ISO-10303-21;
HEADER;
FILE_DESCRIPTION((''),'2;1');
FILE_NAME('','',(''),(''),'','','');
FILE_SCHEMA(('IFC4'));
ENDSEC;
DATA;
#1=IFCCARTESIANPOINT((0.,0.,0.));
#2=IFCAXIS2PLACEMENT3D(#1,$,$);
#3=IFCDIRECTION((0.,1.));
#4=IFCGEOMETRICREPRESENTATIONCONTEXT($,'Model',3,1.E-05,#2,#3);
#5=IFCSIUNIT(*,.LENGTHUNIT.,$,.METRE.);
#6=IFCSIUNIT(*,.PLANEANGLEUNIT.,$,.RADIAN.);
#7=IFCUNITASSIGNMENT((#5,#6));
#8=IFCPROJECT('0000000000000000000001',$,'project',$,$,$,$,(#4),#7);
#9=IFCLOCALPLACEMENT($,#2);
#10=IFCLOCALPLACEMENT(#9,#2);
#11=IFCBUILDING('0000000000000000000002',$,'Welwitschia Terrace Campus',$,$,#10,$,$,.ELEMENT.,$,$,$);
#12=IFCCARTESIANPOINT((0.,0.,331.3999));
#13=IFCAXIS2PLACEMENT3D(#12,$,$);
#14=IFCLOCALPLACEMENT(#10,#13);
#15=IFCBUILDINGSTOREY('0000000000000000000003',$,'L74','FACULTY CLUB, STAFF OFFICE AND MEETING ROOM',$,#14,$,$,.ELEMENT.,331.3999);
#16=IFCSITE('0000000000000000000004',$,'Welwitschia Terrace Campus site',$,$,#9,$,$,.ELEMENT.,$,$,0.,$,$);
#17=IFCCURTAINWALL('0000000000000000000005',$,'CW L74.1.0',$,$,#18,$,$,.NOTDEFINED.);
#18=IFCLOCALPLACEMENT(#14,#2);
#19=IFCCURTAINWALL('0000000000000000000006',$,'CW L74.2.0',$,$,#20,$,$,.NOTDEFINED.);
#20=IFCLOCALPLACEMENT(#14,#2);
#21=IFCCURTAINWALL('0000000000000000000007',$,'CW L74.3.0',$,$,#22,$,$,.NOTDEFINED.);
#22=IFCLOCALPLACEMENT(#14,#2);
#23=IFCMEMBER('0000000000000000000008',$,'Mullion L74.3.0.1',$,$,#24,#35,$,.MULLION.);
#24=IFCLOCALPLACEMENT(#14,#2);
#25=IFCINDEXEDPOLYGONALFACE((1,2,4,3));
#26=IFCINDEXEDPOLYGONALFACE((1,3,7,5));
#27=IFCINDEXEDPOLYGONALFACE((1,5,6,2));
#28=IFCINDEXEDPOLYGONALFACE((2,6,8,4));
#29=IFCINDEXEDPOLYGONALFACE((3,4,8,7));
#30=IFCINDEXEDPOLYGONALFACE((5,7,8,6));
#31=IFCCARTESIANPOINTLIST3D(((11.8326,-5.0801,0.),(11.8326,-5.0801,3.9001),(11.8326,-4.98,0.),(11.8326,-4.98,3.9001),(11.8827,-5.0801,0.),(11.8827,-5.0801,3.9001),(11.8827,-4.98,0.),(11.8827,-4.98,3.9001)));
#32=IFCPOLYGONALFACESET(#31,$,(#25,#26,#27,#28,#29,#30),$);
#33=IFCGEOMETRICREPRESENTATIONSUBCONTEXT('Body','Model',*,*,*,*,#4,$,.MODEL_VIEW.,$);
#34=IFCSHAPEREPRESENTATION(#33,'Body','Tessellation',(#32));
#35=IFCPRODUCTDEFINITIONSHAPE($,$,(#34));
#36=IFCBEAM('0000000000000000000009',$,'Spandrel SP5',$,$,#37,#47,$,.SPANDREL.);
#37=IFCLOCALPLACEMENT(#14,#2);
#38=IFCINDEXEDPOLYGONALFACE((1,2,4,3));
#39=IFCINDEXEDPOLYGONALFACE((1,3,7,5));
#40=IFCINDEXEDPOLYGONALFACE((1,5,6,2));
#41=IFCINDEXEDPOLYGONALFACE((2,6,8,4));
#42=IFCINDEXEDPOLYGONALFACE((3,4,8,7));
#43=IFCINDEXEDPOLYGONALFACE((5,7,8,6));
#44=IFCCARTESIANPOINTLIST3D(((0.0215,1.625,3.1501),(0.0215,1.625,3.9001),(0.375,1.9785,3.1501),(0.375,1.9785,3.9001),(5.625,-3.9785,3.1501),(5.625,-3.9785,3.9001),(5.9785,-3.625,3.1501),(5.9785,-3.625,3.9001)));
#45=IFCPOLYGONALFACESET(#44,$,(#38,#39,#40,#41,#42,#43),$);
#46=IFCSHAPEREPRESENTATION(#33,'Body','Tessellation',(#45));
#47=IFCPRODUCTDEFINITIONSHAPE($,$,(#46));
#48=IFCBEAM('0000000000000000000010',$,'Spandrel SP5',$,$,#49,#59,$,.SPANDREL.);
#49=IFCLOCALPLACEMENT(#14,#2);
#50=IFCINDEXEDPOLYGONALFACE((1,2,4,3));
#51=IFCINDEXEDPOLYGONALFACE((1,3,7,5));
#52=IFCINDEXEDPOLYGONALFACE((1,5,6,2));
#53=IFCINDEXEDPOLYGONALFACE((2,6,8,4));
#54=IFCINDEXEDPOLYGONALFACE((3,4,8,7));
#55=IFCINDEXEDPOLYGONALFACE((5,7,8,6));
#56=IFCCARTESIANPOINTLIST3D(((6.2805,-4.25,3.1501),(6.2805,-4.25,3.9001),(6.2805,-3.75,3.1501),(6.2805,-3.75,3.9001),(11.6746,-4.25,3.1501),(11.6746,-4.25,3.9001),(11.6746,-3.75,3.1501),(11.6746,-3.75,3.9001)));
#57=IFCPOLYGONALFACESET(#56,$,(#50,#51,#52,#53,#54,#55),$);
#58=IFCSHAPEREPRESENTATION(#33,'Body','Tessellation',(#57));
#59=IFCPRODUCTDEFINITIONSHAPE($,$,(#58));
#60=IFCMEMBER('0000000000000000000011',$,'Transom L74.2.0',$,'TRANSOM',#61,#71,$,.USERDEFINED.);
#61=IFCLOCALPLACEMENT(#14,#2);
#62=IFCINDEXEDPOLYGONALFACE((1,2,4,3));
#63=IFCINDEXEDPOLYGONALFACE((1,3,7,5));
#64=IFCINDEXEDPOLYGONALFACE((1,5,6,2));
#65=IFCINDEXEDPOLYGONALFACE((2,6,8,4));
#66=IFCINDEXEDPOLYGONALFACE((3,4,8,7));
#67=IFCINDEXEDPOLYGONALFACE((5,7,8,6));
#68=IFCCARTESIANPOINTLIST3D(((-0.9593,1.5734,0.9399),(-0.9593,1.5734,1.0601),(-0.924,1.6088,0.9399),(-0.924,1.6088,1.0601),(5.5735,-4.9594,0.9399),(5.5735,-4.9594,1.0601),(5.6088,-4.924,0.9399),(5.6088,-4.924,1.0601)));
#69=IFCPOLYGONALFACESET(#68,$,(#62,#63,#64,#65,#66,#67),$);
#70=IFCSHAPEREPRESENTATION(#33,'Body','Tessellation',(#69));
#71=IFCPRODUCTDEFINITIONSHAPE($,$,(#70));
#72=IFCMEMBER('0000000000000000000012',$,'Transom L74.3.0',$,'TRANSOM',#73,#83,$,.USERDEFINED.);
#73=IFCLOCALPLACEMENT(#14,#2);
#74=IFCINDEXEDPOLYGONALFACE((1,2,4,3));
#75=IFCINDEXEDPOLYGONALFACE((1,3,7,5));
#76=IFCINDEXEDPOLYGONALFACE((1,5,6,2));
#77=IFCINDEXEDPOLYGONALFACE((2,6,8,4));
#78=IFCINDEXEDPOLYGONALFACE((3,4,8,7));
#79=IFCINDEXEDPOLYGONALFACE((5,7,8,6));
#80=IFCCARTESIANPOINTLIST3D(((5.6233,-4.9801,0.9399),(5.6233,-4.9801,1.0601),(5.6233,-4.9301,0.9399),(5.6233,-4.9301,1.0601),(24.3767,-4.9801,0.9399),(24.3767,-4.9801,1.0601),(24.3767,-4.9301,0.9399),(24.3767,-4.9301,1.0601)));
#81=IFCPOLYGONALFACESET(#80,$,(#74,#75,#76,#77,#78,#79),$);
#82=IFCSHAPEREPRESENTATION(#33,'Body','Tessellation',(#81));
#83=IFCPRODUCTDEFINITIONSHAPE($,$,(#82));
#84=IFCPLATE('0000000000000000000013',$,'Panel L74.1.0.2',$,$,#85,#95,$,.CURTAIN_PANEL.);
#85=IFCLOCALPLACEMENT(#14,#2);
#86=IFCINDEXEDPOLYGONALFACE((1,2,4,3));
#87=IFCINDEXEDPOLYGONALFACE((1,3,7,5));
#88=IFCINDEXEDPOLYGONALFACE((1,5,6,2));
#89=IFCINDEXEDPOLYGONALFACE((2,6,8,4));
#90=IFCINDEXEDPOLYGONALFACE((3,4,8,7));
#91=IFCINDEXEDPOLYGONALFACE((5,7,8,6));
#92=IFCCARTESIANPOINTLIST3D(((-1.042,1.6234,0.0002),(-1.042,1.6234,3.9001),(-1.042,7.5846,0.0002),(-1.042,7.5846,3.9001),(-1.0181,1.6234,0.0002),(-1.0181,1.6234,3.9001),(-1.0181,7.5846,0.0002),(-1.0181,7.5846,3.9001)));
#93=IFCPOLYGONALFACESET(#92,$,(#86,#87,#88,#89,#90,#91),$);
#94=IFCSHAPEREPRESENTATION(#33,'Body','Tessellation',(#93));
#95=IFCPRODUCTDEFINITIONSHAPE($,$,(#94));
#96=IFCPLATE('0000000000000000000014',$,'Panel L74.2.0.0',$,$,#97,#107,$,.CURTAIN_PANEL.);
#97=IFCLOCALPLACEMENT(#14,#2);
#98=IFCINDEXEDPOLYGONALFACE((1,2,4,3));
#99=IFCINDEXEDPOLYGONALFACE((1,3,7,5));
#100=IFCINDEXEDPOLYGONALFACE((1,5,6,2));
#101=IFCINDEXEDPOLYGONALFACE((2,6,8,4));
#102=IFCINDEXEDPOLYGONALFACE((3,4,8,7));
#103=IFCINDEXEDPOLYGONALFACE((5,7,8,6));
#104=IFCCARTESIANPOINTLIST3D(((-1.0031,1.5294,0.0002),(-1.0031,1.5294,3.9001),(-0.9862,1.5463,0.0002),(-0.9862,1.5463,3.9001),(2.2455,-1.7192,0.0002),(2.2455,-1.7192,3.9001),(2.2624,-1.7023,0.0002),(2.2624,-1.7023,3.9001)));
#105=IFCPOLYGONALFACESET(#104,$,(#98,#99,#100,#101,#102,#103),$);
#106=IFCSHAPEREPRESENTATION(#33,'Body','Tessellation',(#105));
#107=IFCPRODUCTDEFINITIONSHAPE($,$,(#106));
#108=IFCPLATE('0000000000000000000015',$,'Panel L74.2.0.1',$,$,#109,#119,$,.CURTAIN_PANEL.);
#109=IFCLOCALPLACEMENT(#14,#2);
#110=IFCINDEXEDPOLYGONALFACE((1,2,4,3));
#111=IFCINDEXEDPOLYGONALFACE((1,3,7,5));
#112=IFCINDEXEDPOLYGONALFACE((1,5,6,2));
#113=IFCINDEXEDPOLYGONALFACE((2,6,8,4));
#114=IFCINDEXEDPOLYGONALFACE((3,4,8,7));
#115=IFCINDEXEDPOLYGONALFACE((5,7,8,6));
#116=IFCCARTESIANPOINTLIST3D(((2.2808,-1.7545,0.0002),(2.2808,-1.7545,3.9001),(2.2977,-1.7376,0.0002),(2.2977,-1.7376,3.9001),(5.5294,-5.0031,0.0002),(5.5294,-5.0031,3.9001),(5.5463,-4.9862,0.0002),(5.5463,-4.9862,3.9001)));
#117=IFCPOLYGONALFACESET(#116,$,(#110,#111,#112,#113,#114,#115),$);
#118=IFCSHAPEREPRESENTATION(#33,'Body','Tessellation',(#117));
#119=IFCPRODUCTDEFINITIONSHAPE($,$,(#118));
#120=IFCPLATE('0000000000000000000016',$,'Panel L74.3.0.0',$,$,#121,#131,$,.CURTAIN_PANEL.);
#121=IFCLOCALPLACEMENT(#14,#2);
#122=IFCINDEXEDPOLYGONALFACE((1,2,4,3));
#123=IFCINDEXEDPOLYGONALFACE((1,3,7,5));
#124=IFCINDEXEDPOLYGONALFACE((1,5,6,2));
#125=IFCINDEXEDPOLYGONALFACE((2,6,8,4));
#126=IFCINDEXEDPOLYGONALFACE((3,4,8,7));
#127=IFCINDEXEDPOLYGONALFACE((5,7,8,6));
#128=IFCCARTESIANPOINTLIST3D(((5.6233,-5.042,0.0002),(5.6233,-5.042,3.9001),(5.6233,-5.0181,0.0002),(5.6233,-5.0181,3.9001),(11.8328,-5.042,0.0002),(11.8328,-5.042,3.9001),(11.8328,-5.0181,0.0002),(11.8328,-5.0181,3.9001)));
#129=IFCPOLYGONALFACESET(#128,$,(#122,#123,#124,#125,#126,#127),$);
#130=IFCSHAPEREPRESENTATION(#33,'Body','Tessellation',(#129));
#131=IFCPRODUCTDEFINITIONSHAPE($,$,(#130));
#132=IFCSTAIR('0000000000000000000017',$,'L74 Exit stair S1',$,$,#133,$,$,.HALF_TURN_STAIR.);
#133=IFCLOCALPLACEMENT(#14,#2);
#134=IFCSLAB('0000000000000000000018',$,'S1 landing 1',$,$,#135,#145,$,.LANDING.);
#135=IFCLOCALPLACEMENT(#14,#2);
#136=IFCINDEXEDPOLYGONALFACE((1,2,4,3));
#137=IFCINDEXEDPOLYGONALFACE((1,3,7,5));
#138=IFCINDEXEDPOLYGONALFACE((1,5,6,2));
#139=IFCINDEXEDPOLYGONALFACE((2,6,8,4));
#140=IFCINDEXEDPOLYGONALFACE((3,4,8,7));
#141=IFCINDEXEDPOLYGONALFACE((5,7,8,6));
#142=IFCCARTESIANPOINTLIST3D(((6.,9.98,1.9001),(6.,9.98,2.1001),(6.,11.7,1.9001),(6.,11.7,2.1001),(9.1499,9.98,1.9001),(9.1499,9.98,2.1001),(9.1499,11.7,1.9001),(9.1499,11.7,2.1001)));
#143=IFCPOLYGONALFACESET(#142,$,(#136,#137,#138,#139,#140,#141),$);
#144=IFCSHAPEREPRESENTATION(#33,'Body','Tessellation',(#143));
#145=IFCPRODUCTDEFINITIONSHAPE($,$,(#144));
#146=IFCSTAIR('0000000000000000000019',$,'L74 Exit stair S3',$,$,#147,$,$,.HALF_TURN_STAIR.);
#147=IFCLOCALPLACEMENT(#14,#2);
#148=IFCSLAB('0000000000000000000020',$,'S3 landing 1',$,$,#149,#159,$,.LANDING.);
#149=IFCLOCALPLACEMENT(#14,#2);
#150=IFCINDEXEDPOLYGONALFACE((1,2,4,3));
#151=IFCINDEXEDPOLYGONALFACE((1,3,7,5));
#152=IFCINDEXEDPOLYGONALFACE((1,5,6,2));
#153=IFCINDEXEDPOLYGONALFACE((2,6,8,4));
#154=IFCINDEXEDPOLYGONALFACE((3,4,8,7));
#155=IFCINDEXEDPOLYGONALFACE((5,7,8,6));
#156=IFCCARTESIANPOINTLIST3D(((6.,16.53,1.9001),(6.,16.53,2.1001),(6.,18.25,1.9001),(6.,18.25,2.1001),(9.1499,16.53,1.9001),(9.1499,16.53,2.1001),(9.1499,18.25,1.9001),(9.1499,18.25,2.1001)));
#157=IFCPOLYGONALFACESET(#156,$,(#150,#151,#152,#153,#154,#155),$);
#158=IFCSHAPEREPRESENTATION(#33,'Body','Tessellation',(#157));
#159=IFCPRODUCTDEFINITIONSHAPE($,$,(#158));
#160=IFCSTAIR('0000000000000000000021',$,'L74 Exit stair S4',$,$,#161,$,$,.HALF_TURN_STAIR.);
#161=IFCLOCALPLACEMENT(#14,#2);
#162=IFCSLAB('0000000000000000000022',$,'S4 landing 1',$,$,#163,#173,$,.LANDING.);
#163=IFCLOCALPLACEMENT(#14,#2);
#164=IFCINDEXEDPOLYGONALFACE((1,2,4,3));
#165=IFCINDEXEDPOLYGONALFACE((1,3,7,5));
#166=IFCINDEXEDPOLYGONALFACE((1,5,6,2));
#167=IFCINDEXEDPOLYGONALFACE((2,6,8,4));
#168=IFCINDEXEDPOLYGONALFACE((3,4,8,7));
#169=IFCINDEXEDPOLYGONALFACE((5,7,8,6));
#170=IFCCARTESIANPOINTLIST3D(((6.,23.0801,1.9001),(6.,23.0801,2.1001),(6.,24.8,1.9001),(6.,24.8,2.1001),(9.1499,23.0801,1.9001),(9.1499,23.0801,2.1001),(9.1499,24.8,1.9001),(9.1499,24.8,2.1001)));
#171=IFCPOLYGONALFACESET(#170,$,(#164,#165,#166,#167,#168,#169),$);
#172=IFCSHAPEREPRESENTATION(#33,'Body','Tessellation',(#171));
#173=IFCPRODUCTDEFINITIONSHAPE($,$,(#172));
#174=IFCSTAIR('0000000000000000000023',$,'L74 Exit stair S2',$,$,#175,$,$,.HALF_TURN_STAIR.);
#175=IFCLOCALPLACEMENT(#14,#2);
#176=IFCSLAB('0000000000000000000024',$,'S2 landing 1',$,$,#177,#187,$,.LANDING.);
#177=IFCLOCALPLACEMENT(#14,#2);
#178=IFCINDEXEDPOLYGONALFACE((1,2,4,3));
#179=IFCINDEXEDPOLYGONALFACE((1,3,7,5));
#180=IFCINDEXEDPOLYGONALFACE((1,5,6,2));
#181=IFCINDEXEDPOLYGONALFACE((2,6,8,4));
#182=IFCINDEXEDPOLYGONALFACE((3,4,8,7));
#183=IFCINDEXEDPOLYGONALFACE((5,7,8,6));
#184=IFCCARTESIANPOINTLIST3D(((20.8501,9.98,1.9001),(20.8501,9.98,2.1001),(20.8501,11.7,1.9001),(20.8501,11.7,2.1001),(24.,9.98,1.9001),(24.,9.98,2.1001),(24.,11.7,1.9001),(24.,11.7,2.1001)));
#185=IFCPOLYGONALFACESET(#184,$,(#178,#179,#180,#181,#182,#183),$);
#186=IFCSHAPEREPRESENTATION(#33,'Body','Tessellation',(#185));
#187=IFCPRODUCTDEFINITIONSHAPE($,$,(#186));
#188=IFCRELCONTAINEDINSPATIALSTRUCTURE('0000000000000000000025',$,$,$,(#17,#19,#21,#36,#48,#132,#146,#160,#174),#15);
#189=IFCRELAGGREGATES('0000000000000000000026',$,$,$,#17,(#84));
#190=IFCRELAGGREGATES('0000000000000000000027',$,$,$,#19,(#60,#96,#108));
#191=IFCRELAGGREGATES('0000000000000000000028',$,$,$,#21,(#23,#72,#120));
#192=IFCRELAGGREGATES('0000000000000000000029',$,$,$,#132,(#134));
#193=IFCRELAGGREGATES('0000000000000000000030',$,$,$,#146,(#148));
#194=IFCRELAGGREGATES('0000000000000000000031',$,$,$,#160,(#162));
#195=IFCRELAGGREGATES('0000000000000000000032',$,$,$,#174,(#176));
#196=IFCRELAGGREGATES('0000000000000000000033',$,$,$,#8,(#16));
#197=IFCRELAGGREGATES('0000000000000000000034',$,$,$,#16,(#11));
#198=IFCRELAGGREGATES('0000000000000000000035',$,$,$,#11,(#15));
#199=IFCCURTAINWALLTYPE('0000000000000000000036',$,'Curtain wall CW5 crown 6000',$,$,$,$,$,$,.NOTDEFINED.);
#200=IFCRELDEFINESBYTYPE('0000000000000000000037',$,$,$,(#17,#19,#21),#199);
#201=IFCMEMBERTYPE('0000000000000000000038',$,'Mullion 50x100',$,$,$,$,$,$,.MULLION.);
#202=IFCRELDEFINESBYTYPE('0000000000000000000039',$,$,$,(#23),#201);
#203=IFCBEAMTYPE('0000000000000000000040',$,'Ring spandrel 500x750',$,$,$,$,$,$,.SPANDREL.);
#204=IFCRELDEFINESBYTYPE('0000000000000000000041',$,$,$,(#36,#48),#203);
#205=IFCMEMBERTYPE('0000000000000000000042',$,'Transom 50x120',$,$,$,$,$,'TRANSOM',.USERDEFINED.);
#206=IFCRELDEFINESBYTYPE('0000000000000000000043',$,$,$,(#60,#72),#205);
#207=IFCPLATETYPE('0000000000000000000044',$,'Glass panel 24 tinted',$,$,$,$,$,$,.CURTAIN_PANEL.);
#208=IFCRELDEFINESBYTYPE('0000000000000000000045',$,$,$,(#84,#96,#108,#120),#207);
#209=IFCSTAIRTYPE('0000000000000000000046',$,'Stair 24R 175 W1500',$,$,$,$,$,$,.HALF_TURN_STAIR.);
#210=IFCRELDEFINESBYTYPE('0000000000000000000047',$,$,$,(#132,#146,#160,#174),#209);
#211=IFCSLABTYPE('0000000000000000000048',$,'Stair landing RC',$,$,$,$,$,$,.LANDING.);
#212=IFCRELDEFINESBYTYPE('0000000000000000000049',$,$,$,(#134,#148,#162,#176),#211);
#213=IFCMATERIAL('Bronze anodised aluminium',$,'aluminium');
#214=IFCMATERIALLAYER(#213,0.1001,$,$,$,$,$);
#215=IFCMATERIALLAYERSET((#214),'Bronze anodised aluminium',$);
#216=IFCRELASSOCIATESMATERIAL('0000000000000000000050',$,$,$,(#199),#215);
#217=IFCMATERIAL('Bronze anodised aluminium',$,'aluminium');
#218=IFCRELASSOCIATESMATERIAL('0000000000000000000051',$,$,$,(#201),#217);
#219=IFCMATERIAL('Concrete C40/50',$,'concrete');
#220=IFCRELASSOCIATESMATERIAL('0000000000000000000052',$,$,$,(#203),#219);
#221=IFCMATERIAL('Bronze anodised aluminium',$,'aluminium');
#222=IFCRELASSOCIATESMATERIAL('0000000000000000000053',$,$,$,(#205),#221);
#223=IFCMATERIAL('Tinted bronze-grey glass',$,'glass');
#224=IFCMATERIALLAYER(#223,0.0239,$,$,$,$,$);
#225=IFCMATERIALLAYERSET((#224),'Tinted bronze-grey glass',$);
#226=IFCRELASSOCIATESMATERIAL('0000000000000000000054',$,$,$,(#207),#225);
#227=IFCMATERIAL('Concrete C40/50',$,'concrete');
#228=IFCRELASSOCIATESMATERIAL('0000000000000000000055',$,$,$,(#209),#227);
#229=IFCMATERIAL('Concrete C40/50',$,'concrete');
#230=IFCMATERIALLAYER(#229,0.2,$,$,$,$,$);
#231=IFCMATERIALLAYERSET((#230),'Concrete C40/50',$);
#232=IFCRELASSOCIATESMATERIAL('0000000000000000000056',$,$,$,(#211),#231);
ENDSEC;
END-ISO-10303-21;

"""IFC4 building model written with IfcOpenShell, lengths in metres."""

from ifc_helpers import new_model, si_unit, direction, frame, origin, origin_2d, place, context, subcontext, project, spatial, polyline, rectangle, outline, extrude, material, layer, layer_set, material_profile, profile_set, type_object, element, aggregate, save


model = new_model("IFC4")

# Units and contexts
model_context = context("Model", 3, precision=1e-05, world=origin(), true_north=direction((0.0, 1.0)))
body_context = subcontext(model_context, "Body", "Model", "MODEL_VIEW")
ifc_project = project(units=[si_unit("LENGTHUNIT", "METRE"), si_unit("PLANEANGLEUNIT", "RADIAN")], contexts=[model_context])

# Site, building, storey
site_placement = place(None, origin())
site = spatial("IfcSite", under=ifc_project, at=site_placement, Name="Welwitschia Terrace Campus site", CompositionType="ELEMENT", RefElevation=0.0)
building_placement = place(site_placement, origin())
building = spatial("IfcBuilding", under=site, at=building_placement, Name="Welwitschia Terrace Campus", CompositionType="ELEMENT")
storey_placement = place(building_placement, frame((0.0, 0.0, 331.3999)))
storey = spatial("IfcBuildingStorey", under=building, at=storey_placement, Name="L74", Description="FACULTY CLUB, STAFF OFFICE AND MEETING ROOM", CompositionType="ELEMENT", Elevation=331.3999)

# Curtain wall
ifc_material_1 = material(Name="Bronze anodised aluminium", Category="aluminium")
ifc_layer_1 = layer(ifc_material_1, 0.1001)
ifc_layer_set_1 = layer_set([ifc_layer_1], Name="Bronze anodised aluminium")
curtain_wall_type = type_object("IfcCurtainWallType", Name="Curtain wall CW5 crown 6000", PredefinedType="NOTDEFINED", material=ifc_layer_set_1)
curtain_wall_1_placement = place(storey_placement, origin())
curtain_wall_1 = element("IfcCurtainWall", 1, at=curtain_wall_1_placement, inside=storey, type_object=curtain_wall_type, Name="CW L74.1.0", PredefinedType="NOTDEFINED")
ifc_material_2 = material(Name="Bronze anodised aluminium", Category="aluminium")
ifc_material_profile_1 = material_profile(ifc_material_2, rectangle(XDim=0.1001, YDim=0.05, at=origin_2d()))
ifc_profile_set_1 = profile_set([ifc_material_profile_1], Name="Bronze anodised aluminium")
member_type_1 = type_object("IfcMemberType", Name="Mullion 50x100", PredefinedType="MULLION", material=ifc_profile_set_1)

# Curtain walls, member
curtain_wall_2_placement = place(storey_placement, origin())
curtain_wall_2 = element("IfcCurtainWall", 2, at=curtain_wall_2_placement, inside=storey, type_object=curtain_wall_type, Name="CW L74.2.0", PredefinedType="NOTDEFINED")
curtain_wall_3_placement = place(storey_placement, origin())
curtain_wall_3 = element("IfcCurtainWall", 3, at=curtain_wall_3_placement, inside=storey, type_object=curtain_wall_type, Name="CW L74.3.0", PredefinedType="NOTDEFINED")
member_1_placement = place(storey_placement, frame((11.8577, -5.03, 0.0), z_axis=(0.0, 0.0, 1.0), x_axis=(0.0, 1.0, 0.0)))
member_1 = element("IfcMember", 4, at=member_1_placement, type_object=member_type_1, Name="Mullion L74.3.0.1", PredefinedType="MULLION", context=body_context, shape_type="SweptSolid", body=[
    extrude(rectangle(XDim=0.1001, YDim=0.05, at=origin_2d()), origin(), (0.0, 0.0, 1.0), 3.9001),
])

# Beams
ifc_material_3 = material(Name="Concrete C40/50", Category="concrete")
ifc_material_profile_2 = material_profile(ifc_material_3, rectangle(XDim=0.5, YDim=0.75, at=origin_2d()))
ifc_profile_set_2 = profile_set([ifc_material_profile_2], Name="Concrete C40/50")
beam_type_1 = type_object("IfcBeamType", Name="Ring spandrel 500x750", PredefinedType="SPANDREL", material=ifc_profile_set_2)
beam_1_placement = place(storey_placement, frame((0.1982, 1.8018, 3.5251), z_axis=(0.707107, -0.707107, 0.0), x_axis=(0.707107, 0.707107, 0.0)))
element("IfcBeam", 5, at=beam_1_placement, inside=storey, type_object=beam_type_1, Name="Spandrel SP5", PredefinedType="SPANDREL", context=body_context, shape_type="SweptSolid", body=[
    extrude(rectangle(XDim=0.5, YDim=0.75, at=origin_2d()), origin(), (0.0, 0.0, 1.0), 7.9246),
])
beam_2_placement = place(storey_placement, frame((6.2805, -4.0, 3.5251), z_axis=(1.0, 0.0, 0.0), x_axis=(0.0, 1.0, 0.0)))
element("IfcBeam", 6, at=beam_2_placement, inside=storey, type_object=beam_type_1, Name="Spandrel SP5", PredefinedType="SPANDREL", context=body_context, shape_type="SweptSolid", body=[
    extrude(rectangle(XDim=0.5, YDim=0.75, at=origin_2d()), origin(), (0.0, 0.0, 1.0), 5.394),
])

# Members
ifc_material_4 = material(Name="Bronze anodised aluminium", Category="aluminium")
ifc_material_profile_3 = material_profile(ifc_material_4, rectangle(XDim=0.05, YDim=0.1201, at=origin_2d()))
ifc_profile_set_3 = profile_set([ifc_material_profile_3], Name="Bronze anodised aluminium")
member_type_2 = type_object("IfcMemberType", Name="Transom 50x120", ElementType="TRANSOM", PredefinedType="USERDEFINED", material=ifc_profile_set_3)
member_2_placement = place(storey_placement, frame((-0.9417, 1.5911, 1.0), z_axis=(0.707107, -0.707107, 0.0), x_axis=(0.707107, 0.707107, 0.0)))
member_2 = element("IfcMember", 7, at=member_2_placement, type_object=member_type_2, Name="Transom L74.2.0", ObjectType="TRANSOM", PredefinedType="USERDEFINED", context=body_context, shape_type="SweptSolid", body=[
    extrude(rectangle(XDim=0.05, YDim=0.1201, at=origin_2d()), origin(), (0.0, 0.0, 1.0), 9.2388),
])
member_3_placement = place(storey_placement, frame((5.6233, -4.9551, 1.0), z_axis=(1.0, 0.0, 0.0), x_axis=(0.0, 1.0, 0.0)))
member_3 = element("IfcMember", 8, at=member_3_placement, type_object=member_type_2, Name="Transom L74.3.0", ObjectType="TRANSOM", PredefinedType="USERDEFINED", context=body_context, shape_type="SweptSolid", body=[
    extrude(rectangle(XDim=0.05, YDim=0.1201, at=origin_2d()), origin(), (0.0, 0.0, 1.0), 18.7534),
])

# Plates
ifc_material_5 = material(Name="Tinted bronze-grey glass", Category="glass")
ifc_layer_2 = layer(ifc_material_5, 0.0239)
ifc_layer_set_2 = layer_set([ifc_layer_2], Name="Tinted bronze-grey glass")
plate_type = type_object("IfcPlateType", Name="Glass panel 24 tinted", PredefinedType="CURTAIN_PANEL", material=ifc_layer_set_2)
plate_1_placement = place(storey_placement, frame((-1.03, 4.604, 0.0002), z_axis=(0.0, 0.0, 1.0), x_axis=(0.0, -1.0, 0.0)))
plate_1 = element("IfcPlate", 9, at=plate_1_placement, type_object=plate_type, Name="Panel L74.1.0.2", PredefinedType="CURTAIN_PANEL", context=body_context, shape_type="SweptSolid", body=[
    extrude(rectangle(XDim=5.9612, YDim=0.0239, at=origin_2d()), origin(), (0.0, 0.0, 1.0), 3.8999),
])
aggregate(curtain_wall_1, [plate_1])
plate_2_placement = place(storey_placement, frame((0.6296, -0.0864, 0.0002), z_axis=(0.0, 0.0, 1.0), x_axis=(0.707107, -0.707107, 0.0)))
plate_2 = element("IfcPlate", 10, at=plate_2_placement, type_object=plate_type, Name="Panel L74.2.0.0", PredefinedType="CURTAIN_PANEL", context=body_context, shape_type="SweptSolid", body=[
    extrude(rectangle(XDim=4.5942, YDim=0.0239, at=origin_2d()), origin(), (0.0, 0.0, 1.0), 3.8999),
])
plate_3_placement = place(storey_placement, frame((3.9136, -3.3704, 0.0002), z_axis=(0.0, 0.0, 1.0), x_axis=(0.707107, -0.707107, 0.0)))
plate_3 = element("IfcPlate", 11, at=plate_3_placement, type_object=plate_type, Name="Panel L74.2.0.1", PredefinedType="CURTAIN_PANEL", context=body_context, shape_type="SweptSolid", body=[
    extrude(rectangle(XDim=4.5942, YDim=0.0239, at=origin_2d()), origin(), (0.0, 0.0, 1.0), 3.8999),
])
aggregate(curtain_wall_2, [member_2, plate_2, plate_3])
plate_4_placement = place(storey_placement, frame((8.728, -5.03, 0.0002), z_axis=(0.0, 0.0, 1.0), x_axis=(1.0, 0.0, 0.0)))
plate_4 = element("IfcPlate", 12, at=plate_4_placement, type_object=plate_type, Name="Panel L74.3.0.0", PredefinedType="CURTAIN_PANEL", context=body_context, shape_type="SweptSolid", body=[
    extrude(rectangle(XDim=6.2095, YDim=0.0239, at=origin_2d()), origin(), (0.0, 0.0, 1.0), 3.8999),
])
aggregate(curtain_wall_3, [member_1, member_3, plate_4])

# Stairs, slabs
ifc_material_6 = material(Name="Concrete C40/50", Category="concrete")
stair_type = type_object("IfcStairType", Name="Stair 24R 175 W1500", PredefinedType="HALF_TURN_STAIR", material=ifc_material_6)
stair_1_placement = place(storey_placement, origin())
stair_1 = element("IfcStair", 13, at=stair_1_placement, inside=storey, type_object=stair_type, Name="L74 Exit stair S1", PredefinedType="HALF_TURN_STAIR")
ifc_material_7 = material(Name="Concrete C40/50", Category="concrete")
ifc_layer_3 = layer(ifc_material_7, 0.2)
ifc_layer_set_3 = layer_set([ifc_layer_3], Name="Concrete C40/50")
slab_type_1 = type_object("IfcSlabType", Name="Stair landing RC", PredefinedType="LANDING", material=ifc_layer_set_3)
slab_1_placement = place(storey_placement, frame((0.0, 0.0, 1.9001)))
slab_1 = element("IfcSlab", 14, at=slab_1_placement, type_object=slab_type_1, Name="S1 landing 1", PredefinedType="LANDING", context=body_context, shape_type="SweptSolid", body=[
    extrude(outline(polyline([(9.1499, 9.98), (9.1499, 11.7), (6.0, 11.7), (6.0, 9.98), (9.1499, 9.98)])), origin(), (0.0, 0.0, 1.0), 0.2),
])
aggregate(stair_1, [slab_1])
stair_2_placement = place(storey_placement, origin())
stair_2 = element("IfcStair", 15, at=stair_2_placement, inside=storey, type_object=stair_type, Name="L74 Exit stair S3", PredefinedType="HALF_TURN_STAIR")
slab_2_placement = place(storey_placement, frame((0.0, 0.0, 1.9001)))
slab_2 = element("IfcSlab", 16, at=slab_2_placement, type_object=slab_type_1, Name="S3 landing 1", PredefinedType="LANDING", context=body_context, shape_type="SweptSolid", body=[
    extrude(outline(polyline([(9.1499, 16.53), (9.1499, 18.25), (6.0, 18.25), (6.0, 16.53), (9.1499, 16.53)])), origin(), (0.0, 0.0, 1.0), 0.2),
])
aggregate(stair_2, [slab_2])
stair_3_placement = place(storey_placement, origin())
stair_3 = element("IfcStair", 17, at=stair_3_placement, inside=storey, type_object=stair_type, Name="L74 Exit stair S4", PredefinedType="HALF_TURN_STAIR")
slab_3_placement = place(storey_placement, frame((0.0, 0.0, 1.9001)))
slab_3 = element("IfcSlab", 18, at=slab_3_placement, type_object=slab_type_1, Name="S4 landing 1", PredefinedType="LANDING", context=body_context, shape_type="SweptSolid", body=[
    extrude(outline(polyline([(9.1499, 23.0801), (9.1499, 24.8), (6.0, 24.8), (6.0, 23.0801), (9.1499, 23.0801)])), origin(), (0.0, 0.0, 1.0), 0.2),
])
aggregate(stair_3, [slab_3])
stair_4_placement = place(storey_placement, origin())
stair_4 = element("IfcStair", 19, at=stair_4_placement, inside=storey, type_object=stair_type, Name="L74 Exit stair S2", PredefinedType="HALF_TURN_STAIR")
slab_4_placement = place(storey_placement, frame((0.0, 0.0, 1.9001)))
slab_4 = element("IfcSlab", 20, at=slab_4_placement, type_object=slab_type_1, Name="S2 landing 1", PredefinedType="LANDING", context=body_context, shape_type="SweptSolid", body=[
    extrude(outline(polyline([(24.0, 9.98), (24.0, 11.7), (20.8501, 11.7), (20.8501, 9.98), (24.0, 9.98)])), origin(), (0.0, 0.0, 1.0), 0.2),
])
aggregate(stair_4, [slab_4])

save(model, "model.ifc")
